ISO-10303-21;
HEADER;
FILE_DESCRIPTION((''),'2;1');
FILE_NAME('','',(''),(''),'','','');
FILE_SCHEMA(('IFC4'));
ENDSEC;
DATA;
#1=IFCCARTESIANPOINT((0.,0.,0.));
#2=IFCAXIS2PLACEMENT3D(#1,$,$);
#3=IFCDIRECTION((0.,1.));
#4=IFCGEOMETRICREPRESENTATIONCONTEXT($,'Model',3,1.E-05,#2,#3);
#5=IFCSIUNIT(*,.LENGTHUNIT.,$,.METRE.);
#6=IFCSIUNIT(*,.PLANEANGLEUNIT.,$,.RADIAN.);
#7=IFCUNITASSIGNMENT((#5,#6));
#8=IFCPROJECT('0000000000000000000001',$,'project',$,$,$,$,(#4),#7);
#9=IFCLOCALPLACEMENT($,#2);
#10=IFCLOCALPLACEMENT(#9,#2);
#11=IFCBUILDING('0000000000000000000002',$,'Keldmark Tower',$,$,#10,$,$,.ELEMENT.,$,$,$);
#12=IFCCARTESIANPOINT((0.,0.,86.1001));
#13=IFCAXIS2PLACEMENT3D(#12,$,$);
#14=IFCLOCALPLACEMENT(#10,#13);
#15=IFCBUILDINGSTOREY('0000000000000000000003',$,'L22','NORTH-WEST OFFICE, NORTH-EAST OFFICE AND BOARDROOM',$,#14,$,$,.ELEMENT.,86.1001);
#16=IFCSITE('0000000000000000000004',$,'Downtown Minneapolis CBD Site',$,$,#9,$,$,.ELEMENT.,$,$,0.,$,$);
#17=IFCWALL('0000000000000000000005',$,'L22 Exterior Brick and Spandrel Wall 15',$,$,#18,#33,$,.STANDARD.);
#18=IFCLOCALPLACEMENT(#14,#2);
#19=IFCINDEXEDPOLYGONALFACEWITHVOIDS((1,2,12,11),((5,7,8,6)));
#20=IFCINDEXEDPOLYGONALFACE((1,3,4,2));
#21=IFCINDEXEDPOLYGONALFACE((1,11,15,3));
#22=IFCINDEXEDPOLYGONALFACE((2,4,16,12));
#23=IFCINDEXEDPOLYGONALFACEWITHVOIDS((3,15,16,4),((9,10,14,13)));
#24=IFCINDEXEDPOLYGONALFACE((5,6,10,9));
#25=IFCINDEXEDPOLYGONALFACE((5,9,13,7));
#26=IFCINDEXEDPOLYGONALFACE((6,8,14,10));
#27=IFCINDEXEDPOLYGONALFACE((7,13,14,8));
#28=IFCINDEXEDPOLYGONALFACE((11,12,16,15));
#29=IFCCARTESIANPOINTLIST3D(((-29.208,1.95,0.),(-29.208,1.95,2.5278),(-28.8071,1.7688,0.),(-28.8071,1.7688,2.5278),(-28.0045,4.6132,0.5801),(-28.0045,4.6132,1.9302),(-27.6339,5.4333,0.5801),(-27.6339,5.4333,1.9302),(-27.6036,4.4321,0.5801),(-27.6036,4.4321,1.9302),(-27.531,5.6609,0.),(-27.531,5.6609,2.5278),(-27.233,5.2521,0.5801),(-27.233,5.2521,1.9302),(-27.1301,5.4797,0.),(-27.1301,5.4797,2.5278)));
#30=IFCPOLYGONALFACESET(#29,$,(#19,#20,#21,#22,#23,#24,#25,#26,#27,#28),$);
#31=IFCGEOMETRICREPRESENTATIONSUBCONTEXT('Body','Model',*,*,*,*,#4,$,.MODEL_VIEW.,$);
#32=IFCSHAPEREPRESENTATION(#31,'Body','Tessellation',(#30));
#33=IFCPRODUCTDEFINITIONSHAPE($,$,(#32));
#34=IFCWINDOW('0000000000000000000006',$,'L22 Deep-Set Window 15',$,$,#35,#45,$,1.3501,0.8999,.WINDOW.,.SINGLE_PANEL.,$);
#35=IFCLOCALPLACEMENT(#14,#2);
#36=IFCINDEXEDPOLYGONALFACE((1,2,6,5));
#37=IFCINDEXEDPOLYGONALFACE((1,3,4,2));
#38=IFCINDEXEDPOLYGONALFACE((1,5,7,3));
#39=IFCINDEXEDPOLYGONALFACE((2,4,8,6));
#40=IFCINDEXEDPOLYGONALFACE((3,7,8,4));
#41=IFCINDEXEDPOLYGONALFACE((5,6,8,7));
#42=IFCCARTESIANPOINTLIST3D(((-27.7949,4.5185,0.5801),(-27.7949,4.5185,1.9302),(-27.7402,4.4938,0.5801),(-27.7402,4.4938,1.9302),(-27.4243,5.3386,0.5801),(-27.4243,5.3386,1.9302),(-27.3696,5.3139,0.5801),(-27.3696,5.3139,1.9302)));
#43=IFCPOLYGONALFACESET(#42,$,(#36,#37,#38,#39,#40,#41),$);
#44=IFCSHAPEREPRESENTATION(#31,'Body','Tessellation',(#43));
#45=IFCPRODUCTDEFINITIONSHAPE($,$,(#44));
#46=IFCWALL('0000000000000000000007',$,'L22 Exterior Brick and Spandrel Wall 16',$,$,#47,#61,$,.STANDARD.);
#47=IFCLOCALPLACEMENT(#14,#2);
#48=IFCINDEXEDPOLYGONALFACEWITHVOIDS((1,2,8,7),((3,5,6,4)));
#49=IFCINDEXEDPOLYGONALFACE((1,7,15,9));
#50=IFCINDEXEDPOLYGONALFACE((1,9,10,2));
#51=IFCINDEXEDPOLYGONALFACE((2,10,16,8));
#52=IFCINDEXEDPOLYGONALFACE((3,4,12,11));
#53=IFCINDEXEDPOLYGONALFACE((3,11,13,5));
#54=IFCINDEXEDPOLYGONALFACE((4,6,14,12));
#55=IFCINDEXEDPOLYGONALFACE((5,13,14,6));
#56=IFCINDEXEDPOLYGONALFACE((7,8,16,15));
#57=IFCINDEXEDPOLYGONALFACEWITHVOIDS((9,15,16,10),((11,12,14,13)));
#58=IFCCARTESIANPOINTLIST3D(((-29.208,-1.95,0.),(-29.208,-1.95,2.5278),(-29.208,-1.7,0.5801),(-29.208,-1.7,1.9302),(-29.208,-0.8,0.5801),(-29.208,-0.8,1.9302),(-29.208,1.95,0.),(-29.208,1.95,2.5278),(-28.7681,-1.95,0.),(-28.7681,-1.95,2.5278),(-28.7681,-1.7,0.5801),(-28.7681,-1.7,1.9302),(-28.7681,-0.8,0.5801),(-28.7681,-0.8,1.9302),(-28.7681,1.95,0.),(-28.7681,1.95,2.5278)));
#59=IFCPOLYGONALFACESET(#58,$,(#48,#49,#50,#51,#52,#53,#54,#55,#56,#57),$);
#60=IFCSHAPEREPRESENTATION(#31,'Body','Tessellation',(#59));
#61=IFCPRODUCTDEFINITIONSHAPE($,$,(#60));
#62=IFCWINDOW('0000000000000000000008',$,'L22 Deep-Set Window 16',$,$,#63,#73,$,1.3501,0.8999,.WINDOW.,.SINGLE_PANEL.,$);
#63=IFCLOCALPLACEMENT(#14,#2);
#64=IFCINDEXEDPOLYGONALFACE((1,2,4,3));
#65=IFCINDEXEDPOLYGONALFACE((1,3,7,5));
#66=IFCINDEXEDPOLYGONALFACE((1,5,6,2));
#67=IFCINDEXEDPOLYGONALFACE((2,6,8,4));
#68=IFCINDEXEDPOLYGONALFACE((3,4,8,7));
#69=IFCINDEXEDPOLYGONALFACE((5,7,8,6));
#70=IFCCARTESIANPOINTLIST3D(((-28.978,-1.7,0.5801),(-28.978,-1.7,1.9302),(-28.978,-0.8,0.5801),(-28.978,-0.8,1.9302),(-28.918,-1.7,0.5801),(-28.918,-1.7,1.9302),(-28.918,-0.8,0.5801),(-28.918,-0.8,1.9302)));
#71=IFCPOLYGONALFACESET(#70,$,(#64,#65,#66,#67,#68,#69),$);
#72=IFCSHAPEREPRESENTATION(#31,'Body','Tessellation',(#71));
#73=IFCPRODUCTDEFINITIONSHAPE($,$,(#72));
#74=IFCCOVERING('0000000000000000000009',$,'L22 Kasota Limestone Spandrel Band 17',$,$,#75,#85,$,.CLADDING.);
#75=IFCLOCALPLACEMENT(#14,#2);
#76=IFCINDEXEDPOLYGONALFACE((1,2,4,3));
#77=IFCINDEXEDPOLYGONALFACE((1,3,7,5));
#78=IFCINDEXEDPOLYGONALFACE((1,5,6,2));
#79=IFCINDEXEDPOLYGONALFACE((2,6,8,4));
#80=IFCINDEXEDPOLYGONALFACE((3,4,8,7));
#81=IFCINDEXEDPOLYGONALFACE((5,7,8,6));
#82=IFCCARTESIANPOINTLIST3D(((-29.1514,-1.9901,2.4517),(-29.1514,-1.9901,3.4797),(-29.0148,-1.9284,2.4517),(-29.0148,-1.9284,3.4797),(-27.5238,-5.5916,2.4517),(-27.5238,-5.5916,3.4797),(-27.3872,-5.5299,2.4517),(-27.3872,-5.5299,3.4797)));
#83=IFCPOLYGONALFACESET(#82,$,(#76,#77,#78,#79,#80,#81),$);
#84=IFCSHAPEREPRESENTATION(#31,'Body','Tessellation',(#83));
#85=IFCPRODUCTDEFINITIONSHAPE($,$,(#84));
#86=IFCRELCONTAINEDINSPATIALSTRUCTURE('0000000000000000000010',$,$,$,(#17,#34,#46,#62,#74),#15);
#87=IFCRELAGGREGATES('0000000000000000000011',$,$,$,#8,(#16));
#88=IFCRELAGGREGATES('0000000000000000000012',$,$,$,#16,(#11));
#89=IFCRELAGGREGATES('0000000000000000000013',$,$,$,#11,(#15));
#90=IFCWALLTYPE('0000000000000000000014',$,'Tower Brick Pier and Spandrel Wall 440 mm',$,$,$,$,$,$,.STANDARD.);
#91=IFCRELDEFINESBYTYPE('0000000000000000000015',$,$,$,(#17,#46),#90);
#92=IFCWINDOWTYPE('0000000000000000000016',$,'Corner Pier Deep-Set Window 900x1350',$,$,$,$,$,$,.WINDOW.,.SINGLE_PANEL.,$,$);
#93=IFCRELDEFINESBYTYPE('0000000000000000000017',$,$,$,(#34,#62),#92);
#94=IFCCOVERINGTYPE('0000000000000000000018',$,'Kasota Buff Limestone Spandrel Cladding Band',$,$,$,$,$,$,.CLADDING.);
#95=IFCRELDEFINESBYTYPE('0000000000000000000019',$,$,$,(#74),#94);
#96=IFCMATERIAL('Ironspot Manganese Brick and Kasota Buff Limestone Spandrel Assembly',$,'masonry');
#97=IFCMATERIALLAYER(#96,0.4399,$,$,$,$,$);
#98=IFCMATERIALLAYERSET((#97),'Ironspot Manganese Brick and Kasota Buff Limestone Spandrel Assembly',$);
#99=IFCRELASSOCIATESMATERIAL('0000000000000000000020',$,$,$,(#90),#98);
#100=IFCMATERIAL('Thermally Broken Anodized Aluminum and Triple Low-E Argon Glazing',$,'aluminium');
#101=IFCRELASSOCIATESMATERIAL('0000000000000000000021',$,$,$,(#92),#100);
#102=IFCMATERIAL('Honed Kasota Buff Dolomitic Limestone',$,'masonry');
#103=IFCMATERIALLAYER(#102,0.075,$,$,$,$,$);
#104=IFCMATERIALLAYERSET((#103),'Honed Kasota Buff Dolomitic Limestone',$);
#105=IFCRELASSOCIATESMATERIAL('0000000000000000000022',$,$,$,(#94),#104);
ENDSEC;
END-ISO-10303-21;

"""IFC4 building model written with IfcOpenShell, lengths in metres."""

from ifc_helpers import new_model, si_unit, direction, frame, frame_2d, origin, origin_2d, place, context, subcontext, project, spatial, rectangle, extrude, material, layer, layer_set, type_object, element, fill, save


model = new_model("IFC4")

# Units and contexts
model_context = context("Model", 3, precision=1e-05, world=origin(), true_north=direction((0.0, 1.0)))
body_context = subcontext(model_context, "Body", "Model", "MODEL_VIEW")
ifc_project = project(units=[si_unit("LENGTHUNIT", "METRE"), si_unit("PLANEANGLEUNIT", "RADIAN")], contexts=[model_context])

# Site, building, storey
site_placement = place(None, origin())
site = spatial("IfcSite", under=ifc_project, at=site_placement, Name="Downtown Minneapolis CBD Site", CompositionType="ELEMENT", RefElevation=0.0)
building_placement = place(site_placement, origin())
building = spatial("IfcBuilding", under=site, at=building_placement, Name="Keldmark Tower", CompositionType="ELEMENT")
storey_placement = place(building_placement, frame((0.0, 0.0, 86.1001)))
storey = spatial("IfcBuildingStorey", under=building, at=storey_placement, Name="L22", Description="NORTH-WEST OFFICE, NORTH-EAST OFFICE AND BOARDROOM", CompositionType="ELEMENT", Elevation=86.1001)

# Walls, openings, windows
ifc_material_1 = material(Name="Ironspot Manganese Brick and Kasota Buff Limestone Spandrel Assembly", Category="masonry")
ifc_layer_1 = layer(ifc_material_1, 0.4399)
ifc_layer_set_1 = layer_set([ifc_layer_1], Name="Ironspot Manganese Brick and Kasota Buff Limestone Spandrel Assembly")
wall_type_1 = type_object("IfcWallType", Name="Tower Brick Pier and Spandrel Wall 440 mm", PredefinedType="STANDARD", material=ifc_layer_set_1)
wall_1_placement = place(storey_placement, frame((-29.0076, 1.8594, 0.0), z_axis=(0.0, 0.0, 1.0), x_axis=(0.41181, 0.91127, 0.0)))
wall_1 = element("IfcWall", 1, at=wall_1_placement, inside=storey, type_object=wall_type_1, Name="L22 Exterior Brick and Spandrel Wall 15", PredefinedType="STANDARD", context=body_context, shape_type="SweptSolid", body=[
    extrude(rectangle(XDim=4.0723, YDim=0.4399, at=frame_2d((2.0361, 0.0))), origin(), (0.0, 0.0, 1.0), 2.5278),
])
opening_1_placement = place(wall_1_placement, frame((2.9226, 0.0, 0.5801)))
opening_1 = element("IfcOpeningElement", 2, at=opening_1_placement, cuts=wall_1, PredefinedType="OPENING", context=body_context, shape_type="SweptSolid", body=[
    extrude(rectangle(XDim=0.8999, YDim=1.3501, at=frame_2d((0.45, 0.675))), frame((0.0, 0.23, 0.0), z_axis=(0.0, -1.0, 0.0), x_axis=(1.0, 0.0, 0.0)), (0.0, 0.0, 1.0), 0.46),
])
ifc_material_2 = material(Name="Thermally Broken Anodized Aluminum and Triple Low-E Argon Glazing", Category="aluminium")
window_type = type_object("IfcWindowType", Name="Corner Pier Deep-Set Window 900x1350", PartitioningType="SINGLE_PANEL", PredefinedType="WINDOW", material=ifc_material_2)
window_1_placement = place(opening_1_placement, origin())
window_1 = element("IfcWindow", 3, at=window_1_placement, inside=storey, type_object=window_type, Name="L22 Deep-Set Window 15", OverallHeight=1.3501, OverallWidth=0.8999, PartitioningType="SINGLE_PANEL", PredefinedType="WINDOW", context=body_context, shape_type="SweptSolid", body=[
    extrude(rectangle(XDim=0.8999, YDim=1.3501, at=frame_2d((0.45, 0.675))), frame((0.0, -0.01, 0.0), z_axis=(0.0, -1.0, 0.0), x_axis=(1.0, 0.0, 0.0)), (0.0, 0.0, 1.0), 0.0601),
])
fill(opening_1, window_1)
wall_2_placement = place(storey_placement, frame((-28.988, -1.95, 0.0), z_axis=(0.0, 0.0, 1.0), x_axis=(0.0, 1.0, 0.0)))
wall_2 = element("IfcWall", 4, at=wall_2_placement, inside=storey, type_object=wall_type_1, Name="L22 Exterior Brick and Spandrel Wall 16", PredefinedType="STANDARD", context=body_context, shape_type="SweptSolid", body=[
    extrude(rectangle(XDim=3.8999, YDim=0.4399, at=frame_2d((1.95, 0.0))), origin(), (0.0, 0.0, 1.0), 2.5278),
])
opening_2_placement = place(wall_2_placement, frame((0.25, 0.0, 0.5801)))
opening_2 = element("IfcOpeningElement", 5, at=opening_2_placement, cuts=wall_2, PredefinedType="OPENING", context=body_context, shape_type="SweptSolid", body=[
    extrude(rectangle(XDim=0.8999, YDim=1.3501, at=frame_2d((0.45, 0.675))), frame((0.0, 0.23, 0.0), z_axis=(0.0, -1.0, 0.0), x_axis=(1.0, 0.0, 0.0)), (0.0, 0.0, 1.0), 0.46),
])
window_2_placement = place(opening_2_placement, origin())
window_2 = element("IfcWindow", 6, at=window_2_placement, inside=storey, type_object=window_type, Name="L22 Deep-Set Window 16", OverallHeight=1.3501, OverallWidth=0.8999, PartitioningType="SINGLE_PANEL", PredefinedType="WINDOW", context=body_context, shape_type="SweptSolid", body=[
    extrude(rectangle(XDim=0.8999, YDim=1.3501, at=frame_2d((0.45, 0.675))), frame((0.0, -0.01, 0.0), z_axis=(0.0, -1.0, 0.0), x_axis=(1.0, 0.0, 0.0)), (0.0, 0.0, 1.0), 0.0601),
])
fill(opening_2, window_2)

# Covering
ifc_material_3 = material(Name="Honed Kasota Buff Dolomitic Limestone", Category="masonry")
ifc_layer_2 = layer(ifc_material_3, 0.075)
ifc_layer_set_2 = layer_set([ifc_layer_2], Name="Honed Kasota Buff Dolomitic Limestone")
covering_type = type_object("IfcCoveringType", Name="Kasota Buff Limestone Spandrel Cladding Band", PredefinedType="CLADDING", material=ifc_layer_set_2)
covering_placement = place(storey_placement, frame((-28.2693, -3.76, 2.4517), z_axis=(0.0, 0.0, 1.0), x_axis=(0.411817, -0.911267, 0.0)))
element("IfcCovering", 7, at=covering_placement, inside=storey, type_object=covering_type, Name="L22 Kasota Limestone Spandrel Band 17", PredefinedType="CLADDING", context=body_context, shape_type="SweptSolid", body=[
    extrude(rectangle(XDim=3.9521, YDim=0.1499, at=origin_2d()), origin(), (0.0, 0.0, 1.0), 1.0281),
])

save(model, "model.ifc")
